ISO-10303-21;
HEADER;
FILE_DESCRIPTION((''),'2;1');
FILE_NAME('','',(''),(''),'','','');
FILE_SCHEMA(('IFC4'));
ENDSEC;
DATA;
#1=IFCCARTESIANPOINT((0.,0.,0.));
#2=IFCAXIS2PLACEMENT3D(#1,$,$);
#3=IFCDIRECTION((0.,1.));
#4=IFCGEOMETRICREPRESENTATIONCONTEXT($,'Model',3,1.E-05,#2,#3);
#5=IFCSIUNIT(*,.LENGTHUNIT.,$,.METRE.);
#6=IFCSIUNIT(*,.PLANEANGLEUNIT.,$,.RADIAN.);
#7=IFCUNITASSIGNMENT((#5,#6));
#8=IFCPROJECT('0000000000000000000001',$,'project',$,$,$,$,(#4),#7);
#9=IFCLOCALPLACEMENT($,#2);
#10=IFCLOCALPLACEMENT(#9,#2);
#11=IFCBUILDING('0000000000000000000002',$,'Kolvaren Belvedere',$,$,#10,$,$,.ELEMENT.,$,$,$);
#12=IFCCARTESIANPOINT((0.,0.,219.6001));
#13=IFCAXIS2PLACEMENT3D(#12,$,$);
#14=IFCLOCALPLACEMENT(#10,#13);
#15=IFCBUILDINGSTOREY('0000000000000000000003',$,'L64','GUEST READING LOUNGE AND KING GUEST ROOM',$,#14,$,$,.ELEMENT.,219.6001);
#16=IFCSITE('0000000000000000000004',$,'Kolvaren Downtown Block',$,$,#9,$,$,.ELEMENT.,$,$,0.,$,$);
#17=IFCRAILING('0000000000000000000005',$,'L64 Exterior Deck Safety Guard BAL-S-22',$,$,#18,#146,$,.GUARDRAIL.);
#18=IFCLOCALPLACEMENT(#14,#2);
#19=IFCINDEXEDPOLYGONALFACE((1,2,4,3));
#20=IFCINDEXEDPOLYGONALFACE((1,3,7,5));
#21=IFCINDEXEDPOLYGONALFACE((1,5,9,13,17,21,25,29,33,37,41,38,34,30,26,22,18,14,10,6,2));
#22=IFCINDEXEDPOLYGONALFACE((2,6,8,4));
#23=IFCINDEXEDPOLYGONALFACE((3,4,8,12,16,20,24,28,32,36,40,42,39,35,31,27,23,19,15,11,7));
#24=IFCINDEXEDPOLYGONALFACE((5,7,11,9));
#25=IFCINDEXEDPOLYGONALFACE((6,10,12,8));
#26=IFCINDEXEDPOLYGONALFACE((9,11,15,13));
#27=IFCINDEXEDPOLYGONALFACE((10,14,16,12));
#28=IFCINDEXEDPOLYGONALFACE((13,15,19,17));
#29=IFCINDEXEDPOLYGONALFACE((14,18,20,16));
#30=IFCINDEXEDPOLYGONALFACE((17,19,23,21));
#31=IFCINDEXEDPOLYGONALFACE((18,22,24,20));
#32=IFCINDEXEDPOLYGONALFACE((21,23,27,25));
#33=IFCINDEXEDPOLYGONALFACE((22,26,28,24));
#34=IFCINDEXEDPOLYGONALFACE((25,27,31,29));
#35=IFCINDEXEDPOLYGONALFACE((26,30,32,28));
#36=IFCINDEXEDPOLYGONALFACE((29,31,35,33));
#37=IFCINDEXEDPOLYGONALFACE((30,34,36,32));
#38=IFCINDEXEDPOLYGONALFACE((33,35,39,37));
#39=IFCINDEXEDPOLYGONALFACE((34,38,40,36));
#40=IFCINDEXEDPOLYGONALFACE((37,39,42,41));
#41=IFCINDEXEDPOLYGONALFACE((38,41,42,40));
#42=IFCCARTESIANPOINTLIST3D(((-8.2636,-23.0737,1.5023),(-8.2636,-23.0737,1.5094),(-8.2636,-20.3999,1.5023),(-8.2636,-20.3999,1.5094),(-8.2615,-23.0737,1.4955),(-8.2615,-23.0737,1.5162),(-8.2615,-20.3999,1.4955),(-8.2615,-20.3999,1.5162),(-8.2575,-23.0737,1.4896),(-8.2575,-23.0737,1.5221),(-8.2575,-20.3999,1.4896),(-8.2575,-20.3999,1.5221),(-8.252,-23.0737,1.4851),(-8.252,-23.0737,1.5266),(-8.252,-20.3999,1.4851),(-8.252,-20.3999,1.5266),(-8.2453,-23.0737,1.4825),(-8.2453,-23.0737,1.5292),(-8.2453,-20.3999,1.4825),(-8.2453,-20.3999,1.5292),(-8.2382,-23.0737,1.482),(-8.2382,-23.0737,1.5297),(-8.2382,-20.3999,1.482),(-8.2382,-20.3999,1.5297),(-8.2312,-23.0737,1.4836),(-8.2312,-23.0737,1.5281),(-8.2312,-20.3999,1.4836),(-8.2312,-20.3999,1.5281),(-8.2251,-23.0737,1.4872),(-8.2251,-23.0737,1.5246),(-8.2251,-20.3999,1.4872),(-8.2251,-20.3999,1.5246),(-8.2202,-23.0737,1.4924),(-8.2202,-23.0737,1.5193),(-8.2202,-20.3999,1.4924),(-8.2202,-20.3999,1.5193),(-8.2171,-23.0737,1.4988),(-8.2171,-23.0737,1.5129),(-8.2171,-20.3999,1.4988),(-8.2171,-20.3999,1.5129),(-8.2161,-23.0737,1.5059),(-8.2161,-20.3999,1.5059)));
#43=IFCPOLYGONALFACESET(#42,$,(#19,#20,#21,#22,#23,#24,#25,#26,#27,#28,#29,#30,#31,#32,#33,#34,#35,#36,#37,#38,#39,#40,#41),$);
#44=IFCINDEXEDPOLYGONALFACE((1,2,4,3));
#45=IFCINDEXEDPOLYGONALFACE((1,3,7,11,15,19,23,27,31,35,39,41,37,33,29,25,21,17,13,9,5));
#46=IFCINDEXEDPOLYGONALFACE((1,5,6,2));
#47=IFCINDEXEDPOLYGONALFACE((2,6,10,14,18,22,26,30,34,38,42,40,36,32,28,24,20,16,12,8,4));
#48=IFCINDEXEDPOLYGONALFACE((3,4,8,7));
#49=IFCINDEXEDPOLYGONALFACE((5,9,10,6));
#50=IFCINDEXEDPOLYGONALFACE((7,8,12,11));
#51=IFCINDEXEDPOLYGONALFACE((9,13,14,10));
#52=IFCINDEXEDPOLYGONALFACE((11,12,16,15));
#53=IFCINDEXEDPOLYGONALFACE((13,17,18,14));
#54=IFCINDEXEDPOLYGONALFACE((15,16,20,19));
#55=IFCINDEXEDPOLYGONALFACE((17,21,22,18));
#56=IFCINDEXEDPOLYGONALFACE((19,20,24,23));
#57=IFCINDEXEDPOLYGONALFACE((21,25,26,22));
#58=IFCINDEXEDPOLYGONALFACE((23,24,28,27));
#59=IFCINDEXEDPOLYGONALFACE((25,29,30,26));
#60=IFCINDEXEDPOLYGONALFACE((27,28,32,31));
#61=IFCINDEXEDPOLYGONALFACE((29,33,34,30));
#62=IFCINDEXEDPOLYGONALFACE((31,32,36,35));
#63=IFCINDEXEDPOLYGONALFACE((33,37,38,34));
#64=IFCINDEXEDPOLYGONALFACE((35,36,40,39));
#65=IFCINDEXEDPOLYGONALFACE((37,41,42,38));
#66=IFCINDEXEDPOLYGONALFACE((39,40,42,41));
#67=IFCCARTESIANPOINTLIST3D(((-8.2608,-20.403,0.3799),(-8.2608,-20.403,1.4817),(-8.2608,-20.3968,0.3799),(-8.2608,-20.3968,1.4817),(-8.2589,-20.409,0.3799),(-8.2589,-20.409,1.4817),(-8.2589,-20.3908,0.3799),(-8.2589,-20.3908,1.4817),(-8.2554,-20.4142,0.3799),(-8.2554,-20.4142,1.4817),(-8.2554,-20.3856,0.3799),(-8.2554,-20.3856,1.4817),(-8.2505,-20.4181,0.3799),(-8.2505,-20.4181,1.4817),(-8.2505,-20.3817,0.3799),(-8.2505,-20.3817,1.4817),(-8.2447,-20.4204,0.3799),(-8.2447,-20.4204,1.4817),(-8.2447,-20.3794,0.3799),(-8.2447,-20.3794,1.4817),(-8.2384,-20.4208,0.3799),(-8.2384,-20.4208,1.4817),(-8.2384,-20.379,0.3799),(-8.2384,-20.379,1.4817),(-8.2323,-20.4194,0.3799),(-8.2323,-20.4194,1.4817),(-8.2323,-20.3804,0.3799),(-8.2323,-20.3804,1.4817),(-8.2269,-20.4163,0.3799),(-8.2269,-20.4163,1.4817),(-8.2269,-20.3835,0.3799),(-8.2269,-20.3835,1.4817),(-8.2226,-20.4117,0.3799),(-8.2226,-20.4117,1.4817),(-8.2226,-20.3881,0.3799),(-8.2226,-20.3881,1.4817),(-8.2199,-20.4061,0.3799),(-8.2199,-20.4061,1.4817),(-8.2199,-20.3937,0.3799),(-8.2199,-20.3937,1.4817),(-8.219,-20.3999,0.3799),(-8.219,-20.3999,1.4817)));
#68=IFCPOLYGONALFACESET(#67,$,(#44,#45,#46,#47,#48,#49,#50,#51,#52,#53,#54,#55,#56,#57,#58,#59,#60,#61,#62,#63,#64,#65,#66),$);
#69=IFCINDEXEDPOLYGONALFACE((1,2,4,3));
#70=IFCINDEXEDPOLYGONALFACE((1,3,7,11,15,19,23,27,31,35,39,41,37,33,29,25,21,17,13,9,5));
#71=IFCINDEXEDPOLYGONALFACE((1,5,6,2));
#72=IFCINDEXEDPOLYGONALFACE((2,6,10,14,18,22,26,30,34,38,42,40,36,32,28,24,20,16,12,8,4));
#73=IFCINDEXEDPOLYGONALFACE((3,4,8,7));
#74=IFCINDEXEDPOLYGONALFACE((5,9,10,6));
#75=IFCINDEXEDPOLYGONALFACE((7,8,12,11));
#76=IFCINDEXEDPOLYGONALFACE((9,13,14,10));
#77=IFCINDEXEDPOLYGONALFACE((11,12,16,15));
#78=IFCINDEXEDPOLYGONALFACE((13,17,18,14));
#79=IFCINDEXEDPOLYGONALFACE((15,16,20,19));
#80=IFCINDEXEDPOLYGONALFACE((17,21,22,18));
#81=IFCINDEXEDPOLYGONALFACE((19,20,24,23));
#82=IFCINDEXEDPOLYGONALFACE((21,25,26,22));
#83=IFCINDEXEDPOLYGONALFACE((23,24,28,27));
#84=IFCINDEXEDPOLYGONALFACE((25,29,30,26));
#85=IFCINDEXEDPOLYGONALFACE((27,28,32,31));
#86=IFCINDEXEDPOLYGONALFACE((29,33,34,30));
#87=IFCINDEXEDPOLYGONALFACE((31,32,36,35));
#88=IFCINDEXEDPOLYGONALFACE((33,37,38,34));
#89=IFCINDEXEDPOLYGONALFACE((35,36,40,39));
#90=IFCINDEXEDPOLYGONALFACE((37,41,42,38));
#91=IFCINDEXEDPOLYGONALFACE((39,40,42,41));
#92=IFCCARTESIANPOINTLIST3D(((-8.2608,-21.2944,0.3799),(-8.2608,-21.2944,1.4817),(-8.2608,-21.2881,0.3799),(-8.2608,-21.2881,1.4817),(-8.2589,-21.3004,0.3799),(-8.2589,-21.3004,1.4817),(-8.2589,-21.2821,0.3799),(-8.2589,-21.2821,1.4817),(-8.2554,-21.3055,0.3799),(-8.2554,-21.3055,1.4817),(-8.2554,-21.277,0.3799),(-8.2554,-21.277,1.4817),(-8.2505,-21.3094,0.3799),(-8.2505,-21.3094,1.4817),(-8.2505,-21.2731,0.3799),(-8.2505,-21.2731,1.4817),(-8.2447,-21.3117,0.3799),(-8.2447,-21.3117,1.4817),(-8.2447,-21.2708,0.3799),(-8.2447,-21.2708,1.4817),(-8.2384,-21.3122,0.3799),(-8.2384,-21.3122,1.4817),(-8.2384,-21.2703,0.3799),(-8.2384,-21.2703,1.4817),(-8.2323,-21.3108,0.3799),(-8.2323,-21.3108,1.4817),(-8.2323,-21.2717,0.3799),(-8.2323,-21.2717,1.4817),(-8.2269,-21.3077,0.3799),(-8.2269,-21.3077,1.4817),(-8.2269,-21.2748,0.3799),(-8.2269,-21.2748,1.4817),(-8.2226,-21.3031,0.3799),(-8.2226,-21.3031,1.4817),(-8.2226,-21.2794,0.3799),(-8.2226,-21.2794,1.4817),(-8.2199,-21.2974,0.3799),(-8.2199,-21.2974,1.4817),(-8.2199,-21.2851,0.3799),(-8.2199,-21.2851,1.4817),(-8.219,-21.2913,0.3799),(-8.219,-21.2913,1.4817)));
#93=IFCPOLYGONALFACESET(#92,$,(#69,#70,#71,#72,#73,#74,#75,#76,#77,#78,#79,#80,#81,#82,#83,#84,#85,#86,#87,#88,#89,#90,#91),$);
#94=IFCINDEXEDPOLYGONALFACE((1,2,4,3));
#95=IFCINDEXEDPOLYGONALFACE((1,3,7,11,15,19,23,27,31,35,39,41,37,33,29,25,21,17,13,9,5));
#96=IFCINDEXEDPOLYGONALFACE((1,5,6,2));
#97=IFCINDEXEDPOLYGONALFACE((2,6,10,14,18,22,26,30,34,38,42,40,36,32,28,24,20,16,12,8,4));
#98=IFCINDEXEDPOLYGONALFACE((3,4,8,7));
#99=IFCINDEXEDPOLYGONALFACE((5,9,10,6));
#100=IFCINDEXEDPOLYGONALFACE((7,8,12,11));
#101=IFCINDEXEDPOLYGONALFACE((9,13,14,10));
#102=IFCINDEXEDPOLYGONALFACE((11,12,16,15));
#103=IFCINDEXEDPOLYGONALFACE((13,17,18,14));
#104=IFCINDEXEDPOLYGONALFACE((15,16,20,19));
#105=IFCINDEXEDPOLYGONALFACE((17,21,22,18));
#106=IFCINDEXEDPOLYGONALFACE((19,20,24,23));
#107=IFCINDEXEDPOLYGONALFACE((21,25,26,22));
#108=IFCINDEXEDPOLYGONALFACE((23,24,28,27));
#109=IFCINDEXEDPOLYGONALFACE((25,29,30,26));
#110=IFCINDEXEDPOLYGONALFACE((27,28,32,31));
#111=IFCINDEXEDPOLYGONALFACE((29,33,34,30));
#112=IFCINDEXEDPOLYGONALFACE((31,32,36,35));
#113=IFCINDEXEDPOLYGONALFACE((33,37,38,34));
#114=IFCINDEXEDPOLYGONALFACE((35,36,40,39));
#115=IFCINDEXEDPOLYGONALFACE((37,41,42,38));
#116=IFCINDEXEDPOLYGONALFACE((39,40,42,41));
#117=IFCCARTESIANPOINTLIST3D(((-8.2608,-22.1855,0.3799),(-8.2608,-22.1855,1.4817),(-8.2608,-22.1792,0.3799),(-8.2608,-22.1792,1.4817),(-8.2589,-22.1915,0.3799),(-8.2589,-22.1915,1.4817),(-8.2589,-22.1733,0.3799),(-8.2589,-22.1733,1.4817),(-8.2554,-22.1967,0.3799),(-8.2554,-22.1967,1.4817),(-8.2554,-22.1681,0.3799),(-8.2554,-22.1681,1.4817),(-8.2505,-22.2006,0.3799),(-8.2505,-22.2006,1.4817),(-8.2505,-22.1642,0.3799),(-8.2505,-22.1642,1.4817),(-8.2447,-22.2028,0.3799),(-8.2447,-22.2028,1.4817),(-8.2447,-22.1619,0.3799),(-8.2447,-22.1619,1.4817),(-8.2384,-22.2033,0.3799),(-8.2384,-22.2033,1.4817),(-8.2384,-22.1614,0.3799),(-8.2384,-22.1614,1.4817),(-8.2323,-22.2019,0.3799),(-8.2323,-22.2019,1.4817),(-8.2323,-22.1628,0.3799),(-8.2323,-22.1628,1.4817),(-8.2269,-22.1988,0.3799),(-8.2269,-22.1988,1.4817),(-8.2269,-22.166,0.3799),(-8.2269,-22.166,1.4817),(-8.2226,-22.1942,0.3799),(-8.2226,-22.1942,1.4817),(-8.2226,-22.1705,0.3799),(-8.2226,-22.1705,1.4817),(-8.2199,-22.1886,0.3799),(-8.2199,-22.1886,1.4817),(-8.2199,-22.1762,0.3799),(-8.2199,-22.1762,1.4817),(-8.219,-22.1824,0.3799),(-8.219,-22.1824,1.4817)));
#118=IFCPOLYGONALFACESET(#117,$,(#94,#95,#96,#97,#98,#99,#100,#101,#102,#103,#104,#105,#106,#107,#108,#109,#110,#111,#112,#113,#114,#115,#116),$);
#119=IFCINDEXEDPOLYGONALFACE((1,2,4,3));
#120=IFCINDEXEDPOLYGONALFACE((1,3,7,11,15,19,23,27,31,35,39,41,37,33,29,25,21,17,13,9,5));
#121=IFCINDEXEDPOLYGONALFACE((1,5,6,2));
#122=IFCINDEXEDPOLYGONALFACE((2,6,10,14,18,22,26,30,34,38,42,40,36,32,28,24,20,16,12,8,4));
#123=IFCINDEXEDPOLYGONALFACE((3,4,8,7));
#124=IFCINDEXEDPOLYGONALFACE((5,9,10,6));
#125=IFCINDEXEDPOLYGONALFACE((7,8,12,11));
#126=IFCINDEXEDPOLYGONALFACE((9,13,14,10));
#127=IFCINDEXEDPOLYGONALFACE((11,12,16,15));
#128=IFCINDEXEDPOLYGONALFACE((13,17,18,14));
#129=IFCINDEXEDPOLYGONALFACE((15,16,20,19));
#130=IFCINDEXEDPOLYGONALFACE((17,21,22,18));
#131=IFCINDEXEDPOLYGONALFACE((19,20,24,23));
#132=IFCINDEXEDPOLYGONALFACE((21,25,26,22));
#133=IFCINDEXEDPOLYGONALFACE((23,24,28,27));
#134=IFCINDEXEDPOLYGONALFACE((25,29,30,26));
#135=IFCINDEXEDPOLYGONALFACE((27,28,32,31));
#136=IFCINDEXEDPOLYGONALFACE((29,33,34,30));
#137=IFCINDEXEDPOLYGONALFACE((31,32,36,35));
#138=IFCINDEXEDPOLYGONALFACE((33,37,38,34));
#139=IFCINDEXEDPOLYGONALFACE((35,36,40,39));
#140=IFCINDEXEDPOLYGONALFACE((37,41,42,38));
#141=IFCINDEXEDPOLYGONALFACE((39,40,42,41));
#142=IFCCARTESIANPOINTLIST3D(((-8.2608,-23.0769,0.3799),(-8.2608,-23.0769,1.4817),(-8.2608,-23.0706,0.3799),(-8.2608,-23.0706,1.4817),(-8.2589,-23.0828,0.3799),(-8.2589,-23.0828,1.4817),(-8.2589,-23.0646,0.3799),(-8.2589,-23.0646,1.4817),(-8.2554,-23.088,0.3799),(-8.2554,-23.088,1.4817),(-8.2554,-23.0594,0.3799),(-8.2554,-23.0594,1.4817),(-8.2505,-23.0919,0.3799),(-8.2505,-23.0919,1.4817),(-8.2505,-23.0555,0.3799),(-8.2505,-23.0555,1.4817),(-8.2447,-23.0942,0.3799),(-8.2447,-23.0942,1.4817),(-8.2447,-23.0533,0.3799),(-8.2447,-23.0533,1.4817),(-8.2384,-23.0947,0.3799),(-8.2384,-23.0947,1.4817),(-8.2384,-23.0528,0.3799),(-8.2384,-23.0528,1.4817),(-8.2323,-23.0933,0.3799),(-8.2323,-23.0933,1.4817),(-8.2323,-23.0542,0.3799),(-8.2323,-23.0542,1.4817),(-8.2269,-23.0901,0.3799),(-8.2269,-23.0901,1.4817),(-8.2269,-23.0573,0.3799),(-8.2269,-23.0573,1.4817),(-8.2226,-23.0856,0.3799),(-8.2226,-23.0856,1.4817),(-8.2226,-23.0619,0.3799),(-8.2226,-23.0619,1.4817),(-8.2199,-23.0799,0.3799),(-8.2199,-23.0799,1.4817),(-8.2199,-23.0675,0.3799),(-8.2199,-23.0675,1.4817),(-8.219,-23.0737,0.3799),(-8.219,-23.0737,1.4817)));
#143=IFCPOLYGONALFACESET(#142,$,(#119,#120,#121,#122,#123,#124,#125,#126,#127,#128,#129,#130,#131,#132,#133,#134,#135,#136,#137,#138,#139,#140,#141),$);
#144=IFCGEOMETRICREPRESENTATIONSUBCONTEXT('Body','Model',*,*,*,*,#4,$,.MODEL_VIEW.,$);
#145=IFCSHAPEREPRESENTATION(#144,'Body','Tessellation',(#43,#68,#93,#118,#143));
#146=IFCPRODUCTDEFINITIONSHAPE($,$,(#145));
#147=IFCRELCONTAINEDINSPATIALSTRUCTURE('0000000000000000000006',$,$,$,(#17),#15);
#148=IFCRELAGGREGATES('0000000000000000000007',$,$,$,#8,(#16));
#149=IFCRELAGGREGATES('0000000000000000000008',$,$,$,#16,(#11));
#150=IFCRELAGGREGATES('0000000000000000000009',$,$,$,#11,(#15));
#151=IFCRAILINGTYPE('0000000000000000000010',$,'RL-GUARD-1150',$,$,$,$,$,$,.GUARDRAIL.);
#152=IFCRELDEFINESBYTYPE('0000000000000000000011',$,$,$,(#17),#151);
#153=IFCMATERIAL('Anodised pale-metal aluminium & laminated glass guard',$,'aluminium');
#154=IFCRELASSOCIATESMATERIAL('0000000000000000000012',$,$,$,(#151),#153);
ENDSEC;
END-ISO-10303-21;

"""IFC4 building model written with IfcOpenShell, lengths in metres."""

from ifc_helpers import new_model, si_unit, direction, frame, origin, origin_2d, place, context, subcontext, project, spatial, circle, extrude, material, type_object, element, save


model = new_model("IFC4")

# Units and contexts
model_context = context("Model", 3, precision=1e-05, world=origin(), true_north=direction((0.0, 1.0)))
body_context = subcontext(model_context, "Body", "Model", "MODEL_VIEW")
ifc_project = project(units=[si_unit("LENGTHUNIT", "METRE"), si_unit("PLANEANGLEUNIT", "RADIAN")], contexts=[model_context])

# Site, building, storey
site_placement = place(None, origin())
site = spatial("IfcSite", under=ifc_project, at=site_placement, Name="Kolvaren Downtown Block", CompositionType="ELEMENT", RefElevation=0.0)
building_placement = place(site_placement, origin())
building = spatial("IfcBuilding", under=site, at=building_placement, Name="Kolvaren Belvedere", CompositionType="ELEMENT")
storey_placement = place(building_placement, frame((0.0, 0.0, 219.6001)))
storey = spatial("IfcBuildingStorey", under=building, at=storey_placement, Name="L64", Description="GUEST READING LOUNGE AND KING GUEST ROOM", CompositionType="ELEMENT", Elevation=219.6001)

# Railing
ifc_material_1 = material(Name="Anodised pale-metal aluminium & laminated glass guard", Category="aluminium")
railing_type = type_object("IfcRailingType", Name="RL-GUARD-1150", PredefinedType="GUARDRAIL", material=ifc_material_1)
railing_1_placement = place(storey_placement, frame((-8.24, -20.3999, 0.3799)))
element("IfcRailing", 1, at=railing_1_placement, inside=storey, type_object=railing_type, Name="L64 Exterior Deck Safety Guard BAL-S-22", PredefinedType="GUARDRAIL", context=body_context, shape_type="SweptSolid", body=[
    extrude(circle(Radius=0.0239, at=origin_2d()), frame((0.0, 0.0, 1.126), z_axis=(0.0, -1.0, 0.0), x_axis=(1.0, 0.0, 0.0)), (0.0, 0.0, 1.0), 2.6738),
    extrude(circle(Radius=0.021, at=origin_2d()), origin(), (0.0, 0.0, 1.0), 1.1018),
    extrude(circle(Radius=0.021, at=origin_2d()), frame((0.0, -0.8914, 0.0)), (0.0, 0.0, 1.0), 1.1018),
    extrude(circle(Radius=0.021, at=origin_2d()), frame((0.0, -1.7825, 0.0)), (0.0, 0.0, 1.0), 1.1018),
    extrude(circle(Radius=0.021, at=origin_2d()), frame((0.0, -2.6738, 0.0)), (0.0, 0.0, 1.0), 1.1018),
])

save(model, "model.ifc")
